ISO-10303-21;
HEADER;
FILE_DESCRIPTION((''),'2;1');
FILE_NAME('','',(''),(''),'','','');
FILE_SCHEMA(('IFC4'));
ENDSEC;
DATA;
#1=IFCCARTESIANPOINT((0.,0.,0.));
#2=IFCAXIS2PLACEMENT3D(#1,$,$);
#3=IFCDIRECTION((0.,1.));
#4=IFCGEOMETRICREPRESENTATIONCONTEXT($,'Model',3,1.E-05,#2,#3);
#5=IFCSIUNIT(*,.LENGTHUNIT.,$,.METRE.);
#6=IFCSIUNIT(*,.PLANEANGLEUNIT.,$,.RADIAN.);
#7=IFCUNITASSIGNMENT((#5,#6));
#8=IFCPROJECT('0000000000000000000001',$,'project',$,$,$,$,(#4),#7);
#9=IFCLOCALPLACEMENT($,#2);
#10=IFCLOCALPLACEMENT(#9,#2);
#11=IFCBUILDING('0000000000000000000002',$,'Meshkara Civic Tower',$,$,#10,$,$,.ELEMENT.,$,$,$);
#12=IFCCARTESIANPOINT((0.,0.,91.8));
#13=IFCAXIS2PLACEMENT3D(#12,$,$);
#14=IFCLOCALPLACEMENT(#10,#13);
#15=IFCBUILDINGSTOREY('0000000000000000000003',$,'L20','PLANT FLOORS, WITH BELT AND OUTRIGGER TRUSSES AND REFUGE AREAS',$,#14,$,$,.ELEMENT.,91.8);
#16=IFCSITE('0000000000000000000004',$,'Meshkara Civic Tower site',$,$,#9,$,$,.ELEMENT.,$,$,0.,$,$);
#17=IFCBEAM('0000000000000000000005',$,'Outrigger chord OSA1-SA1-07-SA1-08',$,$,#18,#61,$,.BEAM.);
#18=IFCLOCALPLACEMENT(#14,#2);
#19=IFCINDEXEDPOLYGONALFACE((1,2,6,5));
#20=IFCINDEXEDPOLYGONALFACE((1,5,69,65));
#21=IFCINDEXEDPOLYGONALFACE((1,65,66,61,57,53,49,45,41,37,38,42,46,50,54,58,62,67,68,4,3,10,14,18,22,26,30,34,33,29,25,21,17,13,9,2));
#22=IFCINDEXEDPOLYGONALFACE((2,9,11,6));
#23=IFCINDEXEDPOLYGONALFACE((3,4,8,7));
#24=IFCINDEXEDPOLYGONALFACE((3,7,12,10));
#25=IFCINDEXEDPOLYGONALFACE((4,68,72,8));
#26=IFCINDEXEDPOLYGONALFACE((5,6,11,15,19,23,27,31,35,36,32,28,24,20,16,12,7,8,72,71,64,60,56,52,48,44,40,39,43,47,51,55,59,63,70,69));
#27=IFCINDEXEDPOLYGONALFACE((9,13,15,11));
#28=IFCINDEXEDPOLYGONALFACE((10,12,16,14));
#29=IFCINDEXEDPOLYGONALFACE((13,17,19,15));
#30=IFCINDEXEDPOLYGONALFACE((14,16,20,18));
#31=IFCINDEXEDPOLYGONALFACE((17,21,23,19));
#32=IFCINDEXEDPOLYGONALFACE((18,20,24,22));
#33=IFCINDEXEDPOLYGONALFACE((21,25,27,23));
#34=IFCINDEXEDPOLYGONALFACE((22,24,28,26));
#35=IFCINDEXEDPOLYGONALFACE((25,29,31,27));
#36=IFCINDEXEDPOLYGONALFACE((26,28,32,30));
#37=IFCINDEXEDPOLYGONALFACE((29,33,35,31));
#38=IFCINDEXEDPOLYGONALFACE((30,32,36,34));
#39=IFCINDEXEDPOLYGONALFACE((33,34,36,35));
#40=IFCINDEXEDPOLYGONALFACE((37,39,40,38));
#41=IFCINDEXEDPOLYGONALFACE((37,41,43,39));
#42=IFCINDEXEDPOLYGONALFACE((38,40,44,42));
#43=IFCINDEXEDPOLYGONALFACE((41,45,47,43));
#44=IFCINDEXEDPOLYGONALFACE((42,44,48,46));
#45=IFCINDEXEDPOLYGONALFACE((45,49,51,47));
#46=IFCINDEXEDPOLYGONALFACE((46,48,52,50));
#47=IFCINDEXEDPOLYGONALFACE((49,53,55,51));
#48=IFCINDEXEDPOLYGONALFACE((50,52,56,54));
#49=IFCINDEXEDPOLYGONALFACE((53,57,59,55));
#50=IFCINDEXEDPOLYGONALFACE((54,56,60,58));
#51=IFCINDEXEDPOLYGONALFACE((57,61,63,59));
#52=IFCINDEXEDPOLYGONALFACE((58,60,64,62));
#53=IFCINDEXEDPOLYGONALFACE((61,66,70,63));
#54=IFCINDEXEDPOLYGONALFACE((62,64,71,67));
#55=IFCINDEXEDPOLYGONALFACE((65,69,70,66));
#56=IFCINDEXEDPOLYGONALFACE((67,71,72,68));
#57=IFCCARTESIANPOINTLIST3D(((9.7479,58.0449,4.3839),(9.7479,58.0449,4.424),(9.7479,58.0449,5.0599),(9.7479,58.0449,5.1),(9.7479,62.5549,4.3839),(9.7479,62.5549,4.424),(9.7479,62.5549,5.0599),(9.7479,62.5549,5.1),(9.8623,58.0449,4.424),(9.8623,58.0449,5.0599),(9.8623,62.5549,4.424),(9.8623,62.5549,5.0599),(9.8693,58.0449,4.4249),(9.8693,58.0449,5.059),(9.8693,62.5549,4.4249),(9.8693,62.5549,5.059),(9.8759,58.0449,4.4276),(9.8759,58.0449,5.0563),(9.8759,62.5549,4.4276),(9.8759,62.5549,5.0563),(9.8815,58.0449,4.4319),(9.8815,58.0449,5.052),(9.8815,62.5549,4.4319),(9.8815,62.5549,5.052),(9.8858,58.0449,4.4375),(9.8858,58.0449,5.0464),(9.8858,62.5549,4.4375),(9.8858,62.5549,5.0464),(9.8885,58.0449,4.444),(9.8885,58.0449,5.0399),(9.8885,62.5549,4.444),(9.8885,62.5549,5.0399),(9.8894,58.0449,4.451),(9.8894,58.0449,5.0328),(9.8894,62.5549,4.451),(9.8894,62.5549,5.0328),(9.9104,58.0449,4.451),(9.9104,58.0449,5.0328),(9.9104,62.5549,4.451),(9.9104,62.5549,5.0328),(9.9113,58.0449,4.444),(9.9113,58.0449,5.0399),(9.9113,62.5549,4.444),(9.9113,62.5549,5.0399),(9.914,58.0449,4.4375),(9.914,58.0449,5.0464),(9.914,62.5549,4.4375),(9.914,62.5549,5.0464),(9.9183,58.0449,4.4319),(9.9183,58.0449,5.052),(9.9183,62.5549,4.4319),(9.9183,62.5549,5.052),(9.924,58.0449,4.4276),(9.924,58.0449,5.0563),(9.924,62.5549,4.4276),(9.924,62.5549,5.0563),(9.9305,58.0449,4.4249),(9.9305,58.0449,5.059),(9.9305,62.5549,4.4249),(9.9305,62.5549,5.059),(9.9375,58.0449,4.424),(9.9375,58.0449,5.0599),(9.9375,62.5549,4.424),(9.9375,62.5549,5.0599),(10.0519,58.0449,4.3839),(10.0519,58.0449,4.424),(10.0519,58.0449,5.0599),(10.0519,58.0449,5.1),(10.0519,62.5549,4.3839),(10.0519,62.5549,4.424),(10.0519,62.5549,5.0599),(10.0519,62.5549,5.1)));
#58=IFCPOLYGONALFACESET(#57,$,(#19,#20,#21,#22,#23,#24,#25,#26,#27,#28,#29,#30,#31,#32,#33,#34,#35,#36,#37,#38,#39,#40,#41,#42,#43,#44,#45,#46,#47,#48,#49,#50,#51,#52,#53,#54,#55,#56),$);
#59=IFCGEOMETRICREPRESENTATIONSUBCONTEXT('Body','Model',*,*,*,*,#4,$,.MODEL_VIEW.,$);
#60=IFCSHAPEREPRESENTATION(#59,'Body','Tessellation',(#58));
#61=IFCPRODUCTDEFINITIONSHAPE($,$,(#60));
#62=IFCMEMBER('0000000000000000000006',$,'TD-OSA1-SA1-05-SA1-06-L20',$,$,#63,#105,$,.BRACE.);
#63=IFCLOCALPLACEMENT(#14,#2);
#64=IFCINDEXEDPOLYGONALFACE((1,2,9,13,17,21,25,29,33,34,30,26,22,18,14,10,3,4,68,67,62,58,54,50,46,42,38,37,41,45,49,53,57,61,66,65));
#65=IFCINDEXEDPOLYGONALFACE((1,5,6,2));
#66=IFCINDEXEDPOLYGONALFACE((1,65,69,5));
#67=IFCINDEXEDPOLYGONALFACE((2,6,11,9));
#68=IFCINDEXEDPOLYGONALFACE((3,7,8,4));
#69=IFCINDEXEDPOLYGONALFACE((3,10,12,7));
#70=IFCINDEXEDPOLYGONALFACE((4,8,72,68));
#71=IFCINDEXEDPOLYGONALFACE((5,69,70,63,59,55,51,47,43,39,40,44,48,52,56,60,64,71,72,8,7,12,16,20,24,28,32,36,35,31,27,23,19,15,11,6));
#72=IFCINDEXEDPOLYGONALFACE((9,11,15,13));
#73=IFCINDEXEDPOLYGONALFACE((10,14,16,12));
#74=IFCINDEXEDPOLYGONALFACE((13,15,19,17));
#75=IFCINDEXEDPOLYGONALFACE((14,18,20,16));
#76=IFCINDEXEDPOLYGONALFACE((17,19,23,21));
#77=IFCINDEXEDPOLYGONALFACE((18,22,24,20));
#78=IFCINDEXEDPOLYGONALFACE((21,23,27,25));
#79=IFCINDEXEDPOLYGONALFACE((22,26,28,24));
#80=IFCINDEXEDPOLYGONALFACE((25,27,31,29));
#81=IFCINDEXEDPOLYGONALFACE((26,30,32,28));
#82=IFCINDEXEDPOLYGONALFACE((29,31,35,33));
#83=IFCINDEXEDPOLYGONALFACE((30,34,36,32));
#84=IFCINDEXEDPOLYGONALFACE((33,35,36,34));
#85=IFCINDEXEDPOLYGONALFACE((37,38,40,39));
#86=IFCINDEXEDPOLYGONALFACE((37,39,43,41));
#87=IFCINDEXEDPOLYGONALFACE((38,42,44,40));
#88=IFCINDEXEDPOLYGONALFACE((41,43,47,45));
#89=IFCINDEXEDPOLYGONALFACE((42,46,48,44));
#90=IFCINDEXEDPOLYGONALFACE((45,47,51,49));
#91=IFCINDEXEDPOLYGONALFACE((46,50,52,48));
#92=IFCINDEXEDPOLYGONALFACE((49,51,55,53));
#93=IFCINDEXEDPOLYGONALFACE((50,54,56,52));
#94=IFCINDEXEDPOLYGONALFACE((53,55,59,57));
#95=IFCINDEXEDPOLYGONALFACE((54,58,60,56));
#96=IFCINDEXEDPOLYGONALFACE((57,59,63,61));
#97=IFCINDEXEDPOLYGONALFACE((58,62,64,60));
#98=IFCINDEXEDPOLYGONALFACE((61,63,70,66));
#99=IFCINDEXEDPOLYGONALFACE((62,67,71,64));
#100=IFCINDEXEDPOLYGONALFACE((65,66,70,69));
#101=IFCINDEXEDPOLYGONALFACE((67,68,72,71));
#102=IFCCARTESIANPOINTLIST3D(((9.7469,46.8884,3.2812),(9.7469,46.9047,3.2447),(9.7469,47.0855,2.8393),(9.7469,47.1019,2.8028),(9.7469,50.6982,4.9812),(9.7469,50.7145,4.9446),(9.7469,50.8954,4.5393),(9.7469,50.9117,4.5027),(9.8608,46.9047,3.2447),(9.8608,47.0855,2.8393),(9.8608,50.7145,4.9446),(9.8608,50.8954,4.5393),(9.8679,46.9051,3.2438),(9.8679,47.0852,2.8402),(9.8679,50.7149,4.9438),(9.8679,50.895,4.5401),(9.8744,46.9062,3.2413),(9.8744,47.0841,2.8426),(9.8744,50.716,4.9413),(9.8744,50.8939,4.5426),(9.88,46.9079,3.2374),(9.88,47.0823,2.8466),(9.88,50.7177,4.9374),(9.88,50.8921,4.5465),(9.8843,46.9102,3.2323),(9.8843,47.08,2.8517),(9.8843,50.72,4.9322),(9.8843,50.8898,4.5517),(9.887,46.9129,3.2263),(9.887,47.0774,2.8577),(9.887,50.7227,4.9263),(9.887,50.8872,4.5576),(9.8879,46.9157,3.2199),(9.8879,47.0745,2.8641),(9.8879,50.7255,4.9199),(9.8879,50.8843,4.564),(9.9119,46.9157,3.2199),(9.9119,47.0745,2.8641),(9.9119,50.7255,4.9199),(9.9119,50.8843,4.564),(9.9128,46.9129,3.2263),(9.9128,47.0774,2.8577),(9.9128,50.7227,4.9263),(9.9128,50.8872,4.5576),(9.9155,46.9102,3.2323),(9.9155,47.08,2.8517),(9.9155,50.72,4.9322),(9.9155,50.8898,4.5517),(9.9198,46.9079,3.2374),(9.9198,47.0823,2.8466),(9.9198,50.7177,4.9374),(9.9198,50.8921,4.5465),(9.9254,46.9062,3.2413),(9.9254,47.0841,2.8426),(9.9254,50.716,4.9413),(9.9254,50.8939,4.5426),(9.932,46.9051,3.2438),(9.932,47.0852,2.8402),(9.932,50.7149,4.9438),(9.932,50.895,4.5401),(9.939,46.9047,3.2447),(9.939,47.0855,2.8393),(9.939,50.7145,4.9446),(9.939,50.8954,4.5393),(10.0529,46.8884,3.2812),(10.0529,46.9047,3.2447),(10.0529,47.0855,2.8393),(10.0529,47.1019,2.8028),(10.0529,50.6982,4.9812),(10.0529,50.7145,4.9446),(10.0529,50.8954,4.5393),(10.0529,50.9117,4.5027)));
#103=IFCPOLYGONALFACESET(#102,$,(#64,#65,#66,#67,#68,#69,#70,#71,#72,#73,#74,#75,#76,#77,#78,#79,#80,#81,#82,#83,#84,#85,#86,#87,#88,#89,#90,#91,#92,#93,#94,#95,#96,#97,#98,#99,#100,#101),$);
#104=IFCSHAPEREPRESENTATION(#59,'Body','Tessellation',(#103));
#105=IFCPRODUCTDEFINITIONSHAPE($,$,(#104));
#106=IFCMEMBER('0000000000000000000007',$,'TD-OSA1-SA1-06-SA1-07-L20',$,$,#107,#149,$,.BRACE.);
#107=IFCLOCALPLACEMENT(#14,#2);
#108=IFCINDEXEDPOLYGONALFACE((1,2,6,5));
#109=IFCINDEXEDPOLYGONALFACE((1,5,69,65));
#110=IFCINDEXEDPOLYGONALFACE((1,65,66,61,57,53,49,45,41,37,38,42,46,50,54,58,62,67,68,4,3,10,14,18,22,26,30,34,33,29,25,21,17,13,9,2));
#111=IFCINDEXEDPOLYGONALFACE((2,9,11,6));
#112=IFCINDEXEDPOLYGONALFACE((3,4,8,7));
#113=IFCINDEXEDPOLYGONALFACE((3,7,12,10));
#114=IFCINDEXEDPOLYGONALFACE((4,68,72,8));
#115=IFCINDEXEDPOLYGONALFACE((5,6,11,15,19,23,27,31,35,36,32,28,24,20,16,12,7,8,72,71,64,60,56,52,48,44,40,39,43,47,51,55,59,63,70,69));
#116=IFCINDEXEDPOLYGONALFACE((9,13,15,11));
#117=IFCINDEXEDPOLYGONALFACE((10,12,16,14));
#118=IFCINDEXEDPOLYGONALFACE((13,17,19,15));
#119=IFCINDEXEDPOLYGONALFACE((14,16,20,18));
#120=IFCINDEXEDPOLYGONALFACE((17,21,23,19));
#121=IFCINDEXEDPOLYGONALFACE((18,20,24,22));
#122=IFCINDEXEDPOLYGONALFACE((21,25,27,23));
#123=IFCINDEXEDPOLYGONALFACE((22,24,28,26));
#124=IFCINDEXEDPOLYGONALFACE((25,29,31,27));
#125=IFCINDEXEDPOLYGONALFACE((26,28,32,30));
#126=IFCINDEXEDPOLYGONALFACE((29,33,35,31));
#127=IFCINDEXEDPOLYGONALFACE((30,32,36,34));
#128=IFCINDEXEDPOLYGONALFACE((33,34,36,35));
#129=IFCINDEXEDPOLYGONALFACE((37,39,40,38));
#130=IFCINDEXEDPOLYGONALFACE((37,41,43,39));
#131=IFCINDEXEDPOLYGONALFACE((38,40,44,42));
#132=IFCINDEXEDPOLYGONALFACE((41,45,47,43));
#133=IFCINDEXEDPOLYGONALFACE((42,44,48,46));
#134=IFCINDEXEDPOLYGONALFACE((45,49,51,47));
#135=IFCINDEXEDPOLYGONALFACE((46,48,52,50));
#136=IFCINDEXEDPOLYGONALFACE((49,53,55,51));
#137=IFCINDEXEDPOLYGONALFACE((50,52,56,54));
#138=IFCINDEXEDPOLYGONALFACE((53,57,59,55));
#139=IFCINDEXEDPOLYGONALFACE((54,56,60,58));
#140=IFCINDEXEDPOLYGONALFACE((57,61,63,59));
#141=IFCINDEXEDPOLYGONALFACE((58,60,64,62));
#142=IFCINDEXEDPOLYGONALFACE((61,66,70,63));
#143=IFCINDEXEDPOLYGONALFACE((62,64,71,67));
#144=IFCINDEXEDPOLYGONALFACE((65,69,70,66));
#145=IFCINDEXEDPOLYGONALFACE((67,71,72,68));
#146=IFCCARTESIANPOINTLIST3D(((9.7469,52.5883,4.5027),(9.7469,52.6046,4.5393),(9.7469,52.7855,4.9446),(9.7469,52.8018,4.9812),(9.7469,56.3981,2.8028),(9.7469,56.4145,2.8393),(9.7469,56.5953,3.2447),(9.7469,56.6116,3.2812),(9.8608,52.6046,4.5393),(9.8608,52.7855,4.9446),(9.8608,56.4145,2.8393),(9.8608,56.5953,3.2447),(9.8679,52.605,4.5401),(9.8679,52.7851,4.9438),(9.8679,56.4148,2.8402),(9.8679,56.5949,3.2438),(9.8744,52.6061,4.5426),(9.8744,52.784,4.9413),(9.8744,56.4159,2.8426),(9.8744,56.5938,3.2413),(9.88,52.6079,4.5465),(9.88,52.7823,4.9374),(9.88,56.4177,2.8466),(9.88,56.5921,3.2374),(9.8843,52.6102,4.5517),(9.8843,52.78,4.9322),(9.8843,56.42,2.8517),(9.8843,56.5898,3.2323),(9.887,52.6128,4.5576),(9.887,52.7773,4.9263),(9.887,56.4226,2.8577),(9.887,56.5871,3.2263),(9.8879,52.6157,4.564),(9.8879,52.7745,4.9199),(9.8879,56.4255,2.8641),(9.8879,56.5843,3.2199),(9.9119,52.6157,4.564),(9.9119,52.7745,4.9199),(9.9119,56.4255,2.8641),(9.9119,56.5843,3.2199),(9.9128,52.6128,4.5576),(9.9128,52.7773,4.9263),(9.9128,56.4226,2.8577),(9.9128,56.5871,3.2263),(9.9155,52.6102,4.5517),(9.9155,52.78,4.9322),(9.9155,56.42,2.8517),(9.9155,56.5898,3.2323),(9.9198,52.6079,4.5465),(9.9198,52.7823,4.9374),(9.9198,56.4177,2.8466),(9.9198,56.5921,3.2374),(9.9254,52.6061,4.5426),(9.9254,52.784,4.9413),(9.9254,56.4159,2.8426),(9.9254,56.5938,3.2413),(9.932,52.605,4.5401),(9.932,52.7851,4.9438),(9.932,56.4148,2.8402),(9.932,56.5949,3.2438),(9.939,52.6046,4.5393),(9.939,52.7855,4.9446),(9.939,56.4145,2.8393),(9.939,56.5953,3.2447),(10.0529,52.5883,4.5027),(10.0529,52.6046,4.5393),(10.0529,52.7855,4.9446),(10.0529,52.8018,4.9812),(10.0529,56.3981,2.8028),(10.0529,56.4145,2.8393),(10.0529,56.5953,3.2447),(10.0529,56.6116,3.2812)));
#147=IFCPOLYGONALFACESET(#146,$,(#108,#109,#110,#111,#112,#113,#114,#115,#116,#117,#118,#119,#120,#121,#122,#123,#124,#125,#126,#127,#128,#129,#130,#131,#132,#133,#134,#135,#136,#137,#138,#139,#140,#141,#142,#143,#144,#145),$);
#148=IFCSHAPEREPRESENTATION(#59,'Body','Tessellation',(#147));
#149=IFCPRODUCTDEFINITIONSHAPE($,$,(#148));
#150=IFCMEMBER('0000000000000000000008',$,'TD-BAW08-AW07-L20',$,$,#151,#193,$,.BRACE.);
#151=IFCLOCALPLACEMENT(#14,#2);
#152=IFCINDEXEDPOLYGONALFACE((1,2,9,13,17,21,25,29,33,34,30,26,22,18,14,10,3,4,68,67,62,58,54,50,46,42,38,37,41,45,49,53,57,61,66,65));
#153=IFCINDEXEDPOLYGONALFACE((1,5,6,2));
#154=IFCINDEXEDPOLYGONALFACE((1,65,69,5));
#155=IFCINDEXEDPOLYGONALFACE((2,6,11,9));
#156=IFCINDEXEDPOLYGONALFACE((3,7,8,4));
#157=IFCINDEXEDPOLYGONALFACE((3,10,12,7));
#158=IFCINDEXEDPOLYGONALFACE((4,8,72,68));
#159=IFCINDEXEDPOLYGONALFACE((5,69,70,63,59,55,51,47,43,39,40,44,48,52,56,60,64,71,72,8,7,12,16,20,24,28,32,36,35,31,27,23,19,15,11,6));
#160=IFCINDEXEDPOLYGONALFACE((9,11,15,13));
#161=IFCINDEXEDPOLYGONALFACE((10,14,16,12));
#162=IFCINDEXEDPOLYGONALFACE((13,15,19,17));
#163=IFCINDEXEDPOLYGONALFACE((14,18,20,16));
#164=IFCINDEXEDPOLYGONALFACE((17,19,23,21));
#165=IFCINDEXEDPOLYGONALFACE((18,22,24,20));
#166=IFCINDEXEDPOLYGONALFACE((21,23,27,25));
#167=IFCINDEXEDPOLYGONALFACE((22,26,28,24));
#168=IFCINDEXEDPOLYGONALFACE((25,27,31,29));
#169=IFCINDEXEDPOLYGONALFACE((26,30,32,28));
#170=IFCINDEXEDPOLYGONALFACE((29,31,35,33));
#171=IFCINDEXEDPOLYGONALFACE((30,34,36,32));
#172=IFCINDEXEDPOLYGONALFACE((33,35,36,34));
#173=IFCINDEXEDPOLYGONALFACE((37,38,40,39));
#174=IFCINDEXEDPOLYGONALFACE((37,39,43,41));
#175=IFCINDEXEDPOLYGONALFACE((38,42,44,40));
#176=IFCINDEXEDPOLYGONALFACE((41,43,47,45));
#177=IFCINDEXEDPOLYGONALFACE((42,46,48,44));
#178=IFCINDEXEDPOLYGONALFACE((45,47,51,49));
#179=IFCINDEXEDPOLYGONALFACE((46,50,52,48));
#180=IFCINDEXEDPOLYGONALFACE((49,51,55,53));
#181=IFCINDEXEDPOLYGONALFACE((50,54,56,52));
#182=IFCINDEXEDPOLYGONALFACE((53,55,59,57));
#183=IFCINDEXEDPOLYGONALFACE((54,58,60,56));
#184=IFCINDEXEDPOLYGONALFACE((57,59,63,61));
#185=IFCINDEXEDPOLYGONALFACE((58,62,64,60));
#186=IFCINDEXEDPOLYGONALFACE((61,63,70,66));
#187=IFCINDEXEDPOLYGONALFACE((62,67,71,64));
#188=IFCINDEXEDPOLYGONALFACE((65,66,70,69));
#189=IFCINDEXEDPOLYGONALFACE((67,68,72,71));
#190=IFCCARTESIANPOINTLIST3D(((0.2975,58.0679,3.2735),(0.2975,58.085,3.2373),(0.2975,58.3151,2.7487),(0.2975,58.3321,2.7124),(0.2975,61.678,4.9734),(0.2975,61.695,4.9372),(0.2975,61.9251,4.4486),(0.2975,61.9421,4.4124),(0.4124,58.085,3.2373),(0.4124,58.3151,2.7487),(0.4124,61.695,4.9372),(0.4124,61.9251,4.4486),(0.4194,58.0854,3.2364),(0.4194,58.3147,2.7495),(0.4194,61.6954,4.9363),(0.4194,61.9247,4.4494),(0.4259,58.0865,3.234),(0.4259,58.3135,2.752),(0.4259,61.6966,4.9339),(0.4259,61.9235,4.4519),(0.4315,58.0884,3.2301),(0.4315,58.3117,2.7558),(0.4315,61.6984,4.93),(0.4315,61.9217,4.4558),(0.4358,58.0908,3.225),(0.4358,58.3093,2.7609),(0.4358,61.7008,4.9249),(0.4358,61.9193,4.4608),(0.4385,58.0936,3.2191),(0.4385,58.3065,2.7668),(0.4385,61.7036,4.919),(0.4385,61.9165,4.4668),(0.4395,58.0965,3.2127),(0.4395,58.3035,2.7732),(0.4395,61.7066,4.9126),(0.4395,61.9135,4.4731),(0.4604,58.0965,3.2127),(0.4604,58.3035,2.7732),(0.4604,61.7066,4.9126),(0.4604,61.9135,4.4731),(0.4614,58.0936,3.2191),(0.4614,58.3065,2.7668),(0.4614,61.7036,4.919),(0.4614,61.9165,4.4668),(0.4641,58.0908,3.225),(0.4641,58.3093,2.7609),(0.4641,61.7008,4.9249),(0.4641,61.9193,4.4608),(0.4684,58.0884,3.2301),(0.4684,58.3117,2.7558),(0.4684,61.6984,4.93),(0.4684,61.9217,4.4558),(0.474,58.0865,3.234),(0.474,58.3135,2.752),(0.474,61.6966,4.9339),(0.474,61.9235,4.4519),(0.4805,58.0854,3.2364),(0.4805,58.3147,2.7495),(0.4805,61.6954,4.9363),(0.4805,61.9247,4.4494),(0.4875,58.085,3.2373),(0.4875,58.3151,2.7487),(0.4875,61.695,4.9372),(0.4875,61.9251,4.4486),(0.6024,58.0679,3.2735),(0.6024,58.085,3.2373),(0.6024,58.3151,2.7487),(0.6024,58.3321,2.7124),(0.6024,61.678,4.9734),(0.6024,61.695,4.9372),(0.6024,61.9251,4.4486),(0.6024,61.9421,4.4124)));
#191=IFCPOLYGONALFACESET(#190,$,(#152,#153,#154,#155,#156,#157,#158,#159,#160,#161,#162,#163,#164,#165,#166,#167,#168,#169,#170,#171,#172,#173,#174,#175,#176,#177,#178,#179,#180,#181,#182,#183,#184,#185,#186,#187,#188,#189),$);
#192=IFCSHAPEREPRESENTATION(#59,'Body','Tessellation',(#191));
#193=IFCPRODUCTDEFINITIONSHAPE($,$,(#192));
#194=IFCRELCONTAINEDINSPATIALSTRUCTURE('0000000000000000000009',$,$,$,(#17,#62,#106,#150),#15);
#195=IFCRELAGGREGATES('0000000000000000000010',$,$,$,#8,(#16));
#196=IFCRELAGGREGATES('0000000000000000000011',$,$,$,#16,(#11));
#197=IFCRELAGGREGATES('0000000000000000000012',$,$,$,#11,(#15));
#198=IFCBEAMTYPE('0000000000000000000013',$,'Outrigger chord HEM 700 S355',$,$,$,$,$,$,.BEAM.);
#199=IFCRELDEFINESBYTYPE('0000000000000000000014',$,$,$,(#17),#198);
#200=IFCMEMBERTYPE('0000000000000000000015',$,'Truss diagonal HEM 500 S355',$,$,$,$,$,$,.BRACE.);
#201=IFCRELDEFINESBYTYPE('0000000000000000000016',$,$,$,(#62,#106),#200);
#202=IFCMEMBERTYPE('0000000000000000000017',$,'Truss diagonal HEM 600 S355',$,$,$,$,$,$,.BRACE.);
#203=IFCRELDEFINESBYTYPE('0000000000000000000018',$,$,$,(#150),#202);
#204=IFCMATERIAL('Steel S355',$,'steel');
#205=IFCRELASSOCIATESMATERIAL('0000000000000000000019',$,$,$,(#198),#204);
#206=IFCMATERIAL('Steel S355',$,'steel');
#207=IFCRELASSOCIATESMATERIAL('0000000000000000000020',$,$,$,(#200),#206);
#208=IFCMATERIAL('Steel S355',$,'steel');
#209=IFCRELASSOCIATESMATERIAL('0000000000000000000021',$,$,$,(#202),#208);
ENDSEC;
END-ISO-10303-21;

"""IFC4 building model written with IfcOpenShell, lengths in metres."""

from ifc_helpers import new_model, si_unit, direction, frame, origin, origin_2d, place, context, subcontext, project, spatial, i_section, extrude, material, material_profile, profile_set, type_object, element, save


model = new_model("IFC4")

# Units and contexts
model_context = context("Model", 3, precision=1e-05, world=origin(), true_north=direction((0.0, 1.0)))
body_context = subcontext(model_context, "Body", "Model", "MODEL_VIEW")
ifc_project = project(units=[si_unit("LENGTHUNIT", "METRE"), si_unit("PLANEANGLEUNIT", "RADIAN")], contexts=[model_context])

# Site, building, storey
site_placement = place(None, origin())
site = spatial("IfcSite", under=ifc_project, at=site_placement, Name="Meshkara Civic Tower site", CompositionType="ELEMENT", RefElevation=0.0)
building_placement = place(site_placement, origin())
building = spatial("IfcBuilding", under=site, at=building_placement, Name="Meshkara Civic Tower", CompositionType="ELEMENT")
storey_placement = place(building_placement, frame((0.0, 0.0, 91.8)))
storey = spatial("IfcBuildingStorey", under=building, at=storey_placement, Name="L20", Description="PLANT FLOORS, WITH BELT AND OUTRIGGER TRUSSES AND REFUGE AREAS", CompositionType="ELEMENT", Elevation=91.8)

# Beam
ifc_material_1 = material(Name="Steel S355", Category="steel")
ifc_material_profile_1 = material_profile(ifc_material_1, i_section(OverallWidth=0.304, OverallDepth=0.7161, WebThickness=0.021, FlangeThickness=0.04, FilletRadius=0.0271, at=origin_2d()))
ifc_profile_set_1 = profile_set([ifc_material_profile_1], Name="Steel S355")
beam_type_1 = type_object("IfcBeamType", Name="Outrigger chord HEM 700 S355", PredefinedType="BEAM", material=ifc_profile_set_1)
for number, where, z_axis, x_axis, name in (
    (1, (9.8999, 58.0449, 4.7419), (0.0, 1.0, 0.0), (-1.0, 0.0, 0.0), "Outrigger chord OSA1-SA1-07-SA1-08"),
):
    element("IfcBeam", number, at=place(storey_placement, frame(where, z_axis=z_axis, x_axis=x_axis)), inside=storey, type_object=beam_type_1, Name=name, PredefinedType="BEAM", context=body_context, shape_type="SweptSolid", body=[
        extrude(i_section(OverallWidth=0.304, OverallDepth=0.7161, WebThickness=0.021, FlangeThickness=0.04, FilletRadius=0.0271, at=origin_2d()), origin(), (0.0, 0.0, 1.0), 4.51),
    ])

# Members
ifc_material_2 = material(Name="Steel S355", Category="steel")
ifc_material_profile_2 = material_profile(ifc_material_2, i_section(OverallWidth=0.3059, OverallDepth=0.5239, WebThickness=0.0239, FlangeThickness=0.04, FilletRadius=0.0271, at=origin_2d()))
ifc_profile_set_2 = profile_set([ifc_material_profile_2], Name="Steel S355")
member_type_1 = type_object("IfcMemberType", Name="Truss diagonal HEM 500 S355", PredefinedType="BRACE", material=ifc_profile_set_2)
for number, where, z_axis, x_axis, name in (
    (2, (9.8999, 46.9951, 3.042), (0.0, 0.913214, 0.407479), (-1.0, 0.0, 0.0), "TD-OSA1-SA1-05-SA1-06-L20"),
    (3, (9.8999, 52.6951, 4.7419), (0.0, 0.913214, -0.407479), (-1.0, 0.0, 0.0), "TD-OSA1-SA1-06-SA1-07-L20"),
):
    element("IfcMember", number, at=place(storey_placement, frame(where, z_axis=z_axis, x_axis=x_axis)), inside=storey, type_object=member_type_1, Name=name, PredefinedType="BRACE", context=body_context, shape_type="SweptSolid", body=[
        extrude(i_section(OverallWidth=0.3059, OverallDepth=0.5239, WebThickness=0.0239, FlangeThickness=0.04, FilletRadius=0.0271, at=origin_2d()), origin(), (0.0, 0.0, 1.0), 4.1719),
    ])
ifc_material_3 = material(Name="Steel S355", Category="steel")
ifc_material_profile_3 = material_profile(ifc_material_3, i_section(OverallWidth=0.3049, OverallDepth=0.6201, WebThickness=0.021, FlangeThickness=0.04, FilletRadius=0.0271, at=origin_2d()))
ifc_profile_set_3 = profile_set([ifc_material_profile_3], Name="Steel S355")
member_type_2 = type_object("IfcMemberType", Name="Truss diagonal HEM 600 S355", PredefinedType="BRACE", material=ifc_profile_set_3)
for number, where, z_axis, x_axis, name in (
    (4, (0.45, 61.8101, 4.6929), (0.0, -0.904715, -0.426018), (1.0, 0.0, 0.0), "TD-BAW08-AW07-L20"),
):
    element("IfcMember", number, at=place(storey_placement, frame(where, z_axis=z_axis, x_axis=x_axis)), inside=storey, type_object=member_type_2, Name=name, PredefinedType="BRACE", context=body_context, shape_type="SweptSolid", body=[
        extrude(i_section(OverallWidth=0.3049, OverallDepth=0.6201, WebThickness=0.021, FlangeThickness=0.04, FilletRadius=0.0271, at=origin_2d()), origin(), (0.0, 0.0, 1.0), 3.9902),
    ])

save(model, "model.ifc")
